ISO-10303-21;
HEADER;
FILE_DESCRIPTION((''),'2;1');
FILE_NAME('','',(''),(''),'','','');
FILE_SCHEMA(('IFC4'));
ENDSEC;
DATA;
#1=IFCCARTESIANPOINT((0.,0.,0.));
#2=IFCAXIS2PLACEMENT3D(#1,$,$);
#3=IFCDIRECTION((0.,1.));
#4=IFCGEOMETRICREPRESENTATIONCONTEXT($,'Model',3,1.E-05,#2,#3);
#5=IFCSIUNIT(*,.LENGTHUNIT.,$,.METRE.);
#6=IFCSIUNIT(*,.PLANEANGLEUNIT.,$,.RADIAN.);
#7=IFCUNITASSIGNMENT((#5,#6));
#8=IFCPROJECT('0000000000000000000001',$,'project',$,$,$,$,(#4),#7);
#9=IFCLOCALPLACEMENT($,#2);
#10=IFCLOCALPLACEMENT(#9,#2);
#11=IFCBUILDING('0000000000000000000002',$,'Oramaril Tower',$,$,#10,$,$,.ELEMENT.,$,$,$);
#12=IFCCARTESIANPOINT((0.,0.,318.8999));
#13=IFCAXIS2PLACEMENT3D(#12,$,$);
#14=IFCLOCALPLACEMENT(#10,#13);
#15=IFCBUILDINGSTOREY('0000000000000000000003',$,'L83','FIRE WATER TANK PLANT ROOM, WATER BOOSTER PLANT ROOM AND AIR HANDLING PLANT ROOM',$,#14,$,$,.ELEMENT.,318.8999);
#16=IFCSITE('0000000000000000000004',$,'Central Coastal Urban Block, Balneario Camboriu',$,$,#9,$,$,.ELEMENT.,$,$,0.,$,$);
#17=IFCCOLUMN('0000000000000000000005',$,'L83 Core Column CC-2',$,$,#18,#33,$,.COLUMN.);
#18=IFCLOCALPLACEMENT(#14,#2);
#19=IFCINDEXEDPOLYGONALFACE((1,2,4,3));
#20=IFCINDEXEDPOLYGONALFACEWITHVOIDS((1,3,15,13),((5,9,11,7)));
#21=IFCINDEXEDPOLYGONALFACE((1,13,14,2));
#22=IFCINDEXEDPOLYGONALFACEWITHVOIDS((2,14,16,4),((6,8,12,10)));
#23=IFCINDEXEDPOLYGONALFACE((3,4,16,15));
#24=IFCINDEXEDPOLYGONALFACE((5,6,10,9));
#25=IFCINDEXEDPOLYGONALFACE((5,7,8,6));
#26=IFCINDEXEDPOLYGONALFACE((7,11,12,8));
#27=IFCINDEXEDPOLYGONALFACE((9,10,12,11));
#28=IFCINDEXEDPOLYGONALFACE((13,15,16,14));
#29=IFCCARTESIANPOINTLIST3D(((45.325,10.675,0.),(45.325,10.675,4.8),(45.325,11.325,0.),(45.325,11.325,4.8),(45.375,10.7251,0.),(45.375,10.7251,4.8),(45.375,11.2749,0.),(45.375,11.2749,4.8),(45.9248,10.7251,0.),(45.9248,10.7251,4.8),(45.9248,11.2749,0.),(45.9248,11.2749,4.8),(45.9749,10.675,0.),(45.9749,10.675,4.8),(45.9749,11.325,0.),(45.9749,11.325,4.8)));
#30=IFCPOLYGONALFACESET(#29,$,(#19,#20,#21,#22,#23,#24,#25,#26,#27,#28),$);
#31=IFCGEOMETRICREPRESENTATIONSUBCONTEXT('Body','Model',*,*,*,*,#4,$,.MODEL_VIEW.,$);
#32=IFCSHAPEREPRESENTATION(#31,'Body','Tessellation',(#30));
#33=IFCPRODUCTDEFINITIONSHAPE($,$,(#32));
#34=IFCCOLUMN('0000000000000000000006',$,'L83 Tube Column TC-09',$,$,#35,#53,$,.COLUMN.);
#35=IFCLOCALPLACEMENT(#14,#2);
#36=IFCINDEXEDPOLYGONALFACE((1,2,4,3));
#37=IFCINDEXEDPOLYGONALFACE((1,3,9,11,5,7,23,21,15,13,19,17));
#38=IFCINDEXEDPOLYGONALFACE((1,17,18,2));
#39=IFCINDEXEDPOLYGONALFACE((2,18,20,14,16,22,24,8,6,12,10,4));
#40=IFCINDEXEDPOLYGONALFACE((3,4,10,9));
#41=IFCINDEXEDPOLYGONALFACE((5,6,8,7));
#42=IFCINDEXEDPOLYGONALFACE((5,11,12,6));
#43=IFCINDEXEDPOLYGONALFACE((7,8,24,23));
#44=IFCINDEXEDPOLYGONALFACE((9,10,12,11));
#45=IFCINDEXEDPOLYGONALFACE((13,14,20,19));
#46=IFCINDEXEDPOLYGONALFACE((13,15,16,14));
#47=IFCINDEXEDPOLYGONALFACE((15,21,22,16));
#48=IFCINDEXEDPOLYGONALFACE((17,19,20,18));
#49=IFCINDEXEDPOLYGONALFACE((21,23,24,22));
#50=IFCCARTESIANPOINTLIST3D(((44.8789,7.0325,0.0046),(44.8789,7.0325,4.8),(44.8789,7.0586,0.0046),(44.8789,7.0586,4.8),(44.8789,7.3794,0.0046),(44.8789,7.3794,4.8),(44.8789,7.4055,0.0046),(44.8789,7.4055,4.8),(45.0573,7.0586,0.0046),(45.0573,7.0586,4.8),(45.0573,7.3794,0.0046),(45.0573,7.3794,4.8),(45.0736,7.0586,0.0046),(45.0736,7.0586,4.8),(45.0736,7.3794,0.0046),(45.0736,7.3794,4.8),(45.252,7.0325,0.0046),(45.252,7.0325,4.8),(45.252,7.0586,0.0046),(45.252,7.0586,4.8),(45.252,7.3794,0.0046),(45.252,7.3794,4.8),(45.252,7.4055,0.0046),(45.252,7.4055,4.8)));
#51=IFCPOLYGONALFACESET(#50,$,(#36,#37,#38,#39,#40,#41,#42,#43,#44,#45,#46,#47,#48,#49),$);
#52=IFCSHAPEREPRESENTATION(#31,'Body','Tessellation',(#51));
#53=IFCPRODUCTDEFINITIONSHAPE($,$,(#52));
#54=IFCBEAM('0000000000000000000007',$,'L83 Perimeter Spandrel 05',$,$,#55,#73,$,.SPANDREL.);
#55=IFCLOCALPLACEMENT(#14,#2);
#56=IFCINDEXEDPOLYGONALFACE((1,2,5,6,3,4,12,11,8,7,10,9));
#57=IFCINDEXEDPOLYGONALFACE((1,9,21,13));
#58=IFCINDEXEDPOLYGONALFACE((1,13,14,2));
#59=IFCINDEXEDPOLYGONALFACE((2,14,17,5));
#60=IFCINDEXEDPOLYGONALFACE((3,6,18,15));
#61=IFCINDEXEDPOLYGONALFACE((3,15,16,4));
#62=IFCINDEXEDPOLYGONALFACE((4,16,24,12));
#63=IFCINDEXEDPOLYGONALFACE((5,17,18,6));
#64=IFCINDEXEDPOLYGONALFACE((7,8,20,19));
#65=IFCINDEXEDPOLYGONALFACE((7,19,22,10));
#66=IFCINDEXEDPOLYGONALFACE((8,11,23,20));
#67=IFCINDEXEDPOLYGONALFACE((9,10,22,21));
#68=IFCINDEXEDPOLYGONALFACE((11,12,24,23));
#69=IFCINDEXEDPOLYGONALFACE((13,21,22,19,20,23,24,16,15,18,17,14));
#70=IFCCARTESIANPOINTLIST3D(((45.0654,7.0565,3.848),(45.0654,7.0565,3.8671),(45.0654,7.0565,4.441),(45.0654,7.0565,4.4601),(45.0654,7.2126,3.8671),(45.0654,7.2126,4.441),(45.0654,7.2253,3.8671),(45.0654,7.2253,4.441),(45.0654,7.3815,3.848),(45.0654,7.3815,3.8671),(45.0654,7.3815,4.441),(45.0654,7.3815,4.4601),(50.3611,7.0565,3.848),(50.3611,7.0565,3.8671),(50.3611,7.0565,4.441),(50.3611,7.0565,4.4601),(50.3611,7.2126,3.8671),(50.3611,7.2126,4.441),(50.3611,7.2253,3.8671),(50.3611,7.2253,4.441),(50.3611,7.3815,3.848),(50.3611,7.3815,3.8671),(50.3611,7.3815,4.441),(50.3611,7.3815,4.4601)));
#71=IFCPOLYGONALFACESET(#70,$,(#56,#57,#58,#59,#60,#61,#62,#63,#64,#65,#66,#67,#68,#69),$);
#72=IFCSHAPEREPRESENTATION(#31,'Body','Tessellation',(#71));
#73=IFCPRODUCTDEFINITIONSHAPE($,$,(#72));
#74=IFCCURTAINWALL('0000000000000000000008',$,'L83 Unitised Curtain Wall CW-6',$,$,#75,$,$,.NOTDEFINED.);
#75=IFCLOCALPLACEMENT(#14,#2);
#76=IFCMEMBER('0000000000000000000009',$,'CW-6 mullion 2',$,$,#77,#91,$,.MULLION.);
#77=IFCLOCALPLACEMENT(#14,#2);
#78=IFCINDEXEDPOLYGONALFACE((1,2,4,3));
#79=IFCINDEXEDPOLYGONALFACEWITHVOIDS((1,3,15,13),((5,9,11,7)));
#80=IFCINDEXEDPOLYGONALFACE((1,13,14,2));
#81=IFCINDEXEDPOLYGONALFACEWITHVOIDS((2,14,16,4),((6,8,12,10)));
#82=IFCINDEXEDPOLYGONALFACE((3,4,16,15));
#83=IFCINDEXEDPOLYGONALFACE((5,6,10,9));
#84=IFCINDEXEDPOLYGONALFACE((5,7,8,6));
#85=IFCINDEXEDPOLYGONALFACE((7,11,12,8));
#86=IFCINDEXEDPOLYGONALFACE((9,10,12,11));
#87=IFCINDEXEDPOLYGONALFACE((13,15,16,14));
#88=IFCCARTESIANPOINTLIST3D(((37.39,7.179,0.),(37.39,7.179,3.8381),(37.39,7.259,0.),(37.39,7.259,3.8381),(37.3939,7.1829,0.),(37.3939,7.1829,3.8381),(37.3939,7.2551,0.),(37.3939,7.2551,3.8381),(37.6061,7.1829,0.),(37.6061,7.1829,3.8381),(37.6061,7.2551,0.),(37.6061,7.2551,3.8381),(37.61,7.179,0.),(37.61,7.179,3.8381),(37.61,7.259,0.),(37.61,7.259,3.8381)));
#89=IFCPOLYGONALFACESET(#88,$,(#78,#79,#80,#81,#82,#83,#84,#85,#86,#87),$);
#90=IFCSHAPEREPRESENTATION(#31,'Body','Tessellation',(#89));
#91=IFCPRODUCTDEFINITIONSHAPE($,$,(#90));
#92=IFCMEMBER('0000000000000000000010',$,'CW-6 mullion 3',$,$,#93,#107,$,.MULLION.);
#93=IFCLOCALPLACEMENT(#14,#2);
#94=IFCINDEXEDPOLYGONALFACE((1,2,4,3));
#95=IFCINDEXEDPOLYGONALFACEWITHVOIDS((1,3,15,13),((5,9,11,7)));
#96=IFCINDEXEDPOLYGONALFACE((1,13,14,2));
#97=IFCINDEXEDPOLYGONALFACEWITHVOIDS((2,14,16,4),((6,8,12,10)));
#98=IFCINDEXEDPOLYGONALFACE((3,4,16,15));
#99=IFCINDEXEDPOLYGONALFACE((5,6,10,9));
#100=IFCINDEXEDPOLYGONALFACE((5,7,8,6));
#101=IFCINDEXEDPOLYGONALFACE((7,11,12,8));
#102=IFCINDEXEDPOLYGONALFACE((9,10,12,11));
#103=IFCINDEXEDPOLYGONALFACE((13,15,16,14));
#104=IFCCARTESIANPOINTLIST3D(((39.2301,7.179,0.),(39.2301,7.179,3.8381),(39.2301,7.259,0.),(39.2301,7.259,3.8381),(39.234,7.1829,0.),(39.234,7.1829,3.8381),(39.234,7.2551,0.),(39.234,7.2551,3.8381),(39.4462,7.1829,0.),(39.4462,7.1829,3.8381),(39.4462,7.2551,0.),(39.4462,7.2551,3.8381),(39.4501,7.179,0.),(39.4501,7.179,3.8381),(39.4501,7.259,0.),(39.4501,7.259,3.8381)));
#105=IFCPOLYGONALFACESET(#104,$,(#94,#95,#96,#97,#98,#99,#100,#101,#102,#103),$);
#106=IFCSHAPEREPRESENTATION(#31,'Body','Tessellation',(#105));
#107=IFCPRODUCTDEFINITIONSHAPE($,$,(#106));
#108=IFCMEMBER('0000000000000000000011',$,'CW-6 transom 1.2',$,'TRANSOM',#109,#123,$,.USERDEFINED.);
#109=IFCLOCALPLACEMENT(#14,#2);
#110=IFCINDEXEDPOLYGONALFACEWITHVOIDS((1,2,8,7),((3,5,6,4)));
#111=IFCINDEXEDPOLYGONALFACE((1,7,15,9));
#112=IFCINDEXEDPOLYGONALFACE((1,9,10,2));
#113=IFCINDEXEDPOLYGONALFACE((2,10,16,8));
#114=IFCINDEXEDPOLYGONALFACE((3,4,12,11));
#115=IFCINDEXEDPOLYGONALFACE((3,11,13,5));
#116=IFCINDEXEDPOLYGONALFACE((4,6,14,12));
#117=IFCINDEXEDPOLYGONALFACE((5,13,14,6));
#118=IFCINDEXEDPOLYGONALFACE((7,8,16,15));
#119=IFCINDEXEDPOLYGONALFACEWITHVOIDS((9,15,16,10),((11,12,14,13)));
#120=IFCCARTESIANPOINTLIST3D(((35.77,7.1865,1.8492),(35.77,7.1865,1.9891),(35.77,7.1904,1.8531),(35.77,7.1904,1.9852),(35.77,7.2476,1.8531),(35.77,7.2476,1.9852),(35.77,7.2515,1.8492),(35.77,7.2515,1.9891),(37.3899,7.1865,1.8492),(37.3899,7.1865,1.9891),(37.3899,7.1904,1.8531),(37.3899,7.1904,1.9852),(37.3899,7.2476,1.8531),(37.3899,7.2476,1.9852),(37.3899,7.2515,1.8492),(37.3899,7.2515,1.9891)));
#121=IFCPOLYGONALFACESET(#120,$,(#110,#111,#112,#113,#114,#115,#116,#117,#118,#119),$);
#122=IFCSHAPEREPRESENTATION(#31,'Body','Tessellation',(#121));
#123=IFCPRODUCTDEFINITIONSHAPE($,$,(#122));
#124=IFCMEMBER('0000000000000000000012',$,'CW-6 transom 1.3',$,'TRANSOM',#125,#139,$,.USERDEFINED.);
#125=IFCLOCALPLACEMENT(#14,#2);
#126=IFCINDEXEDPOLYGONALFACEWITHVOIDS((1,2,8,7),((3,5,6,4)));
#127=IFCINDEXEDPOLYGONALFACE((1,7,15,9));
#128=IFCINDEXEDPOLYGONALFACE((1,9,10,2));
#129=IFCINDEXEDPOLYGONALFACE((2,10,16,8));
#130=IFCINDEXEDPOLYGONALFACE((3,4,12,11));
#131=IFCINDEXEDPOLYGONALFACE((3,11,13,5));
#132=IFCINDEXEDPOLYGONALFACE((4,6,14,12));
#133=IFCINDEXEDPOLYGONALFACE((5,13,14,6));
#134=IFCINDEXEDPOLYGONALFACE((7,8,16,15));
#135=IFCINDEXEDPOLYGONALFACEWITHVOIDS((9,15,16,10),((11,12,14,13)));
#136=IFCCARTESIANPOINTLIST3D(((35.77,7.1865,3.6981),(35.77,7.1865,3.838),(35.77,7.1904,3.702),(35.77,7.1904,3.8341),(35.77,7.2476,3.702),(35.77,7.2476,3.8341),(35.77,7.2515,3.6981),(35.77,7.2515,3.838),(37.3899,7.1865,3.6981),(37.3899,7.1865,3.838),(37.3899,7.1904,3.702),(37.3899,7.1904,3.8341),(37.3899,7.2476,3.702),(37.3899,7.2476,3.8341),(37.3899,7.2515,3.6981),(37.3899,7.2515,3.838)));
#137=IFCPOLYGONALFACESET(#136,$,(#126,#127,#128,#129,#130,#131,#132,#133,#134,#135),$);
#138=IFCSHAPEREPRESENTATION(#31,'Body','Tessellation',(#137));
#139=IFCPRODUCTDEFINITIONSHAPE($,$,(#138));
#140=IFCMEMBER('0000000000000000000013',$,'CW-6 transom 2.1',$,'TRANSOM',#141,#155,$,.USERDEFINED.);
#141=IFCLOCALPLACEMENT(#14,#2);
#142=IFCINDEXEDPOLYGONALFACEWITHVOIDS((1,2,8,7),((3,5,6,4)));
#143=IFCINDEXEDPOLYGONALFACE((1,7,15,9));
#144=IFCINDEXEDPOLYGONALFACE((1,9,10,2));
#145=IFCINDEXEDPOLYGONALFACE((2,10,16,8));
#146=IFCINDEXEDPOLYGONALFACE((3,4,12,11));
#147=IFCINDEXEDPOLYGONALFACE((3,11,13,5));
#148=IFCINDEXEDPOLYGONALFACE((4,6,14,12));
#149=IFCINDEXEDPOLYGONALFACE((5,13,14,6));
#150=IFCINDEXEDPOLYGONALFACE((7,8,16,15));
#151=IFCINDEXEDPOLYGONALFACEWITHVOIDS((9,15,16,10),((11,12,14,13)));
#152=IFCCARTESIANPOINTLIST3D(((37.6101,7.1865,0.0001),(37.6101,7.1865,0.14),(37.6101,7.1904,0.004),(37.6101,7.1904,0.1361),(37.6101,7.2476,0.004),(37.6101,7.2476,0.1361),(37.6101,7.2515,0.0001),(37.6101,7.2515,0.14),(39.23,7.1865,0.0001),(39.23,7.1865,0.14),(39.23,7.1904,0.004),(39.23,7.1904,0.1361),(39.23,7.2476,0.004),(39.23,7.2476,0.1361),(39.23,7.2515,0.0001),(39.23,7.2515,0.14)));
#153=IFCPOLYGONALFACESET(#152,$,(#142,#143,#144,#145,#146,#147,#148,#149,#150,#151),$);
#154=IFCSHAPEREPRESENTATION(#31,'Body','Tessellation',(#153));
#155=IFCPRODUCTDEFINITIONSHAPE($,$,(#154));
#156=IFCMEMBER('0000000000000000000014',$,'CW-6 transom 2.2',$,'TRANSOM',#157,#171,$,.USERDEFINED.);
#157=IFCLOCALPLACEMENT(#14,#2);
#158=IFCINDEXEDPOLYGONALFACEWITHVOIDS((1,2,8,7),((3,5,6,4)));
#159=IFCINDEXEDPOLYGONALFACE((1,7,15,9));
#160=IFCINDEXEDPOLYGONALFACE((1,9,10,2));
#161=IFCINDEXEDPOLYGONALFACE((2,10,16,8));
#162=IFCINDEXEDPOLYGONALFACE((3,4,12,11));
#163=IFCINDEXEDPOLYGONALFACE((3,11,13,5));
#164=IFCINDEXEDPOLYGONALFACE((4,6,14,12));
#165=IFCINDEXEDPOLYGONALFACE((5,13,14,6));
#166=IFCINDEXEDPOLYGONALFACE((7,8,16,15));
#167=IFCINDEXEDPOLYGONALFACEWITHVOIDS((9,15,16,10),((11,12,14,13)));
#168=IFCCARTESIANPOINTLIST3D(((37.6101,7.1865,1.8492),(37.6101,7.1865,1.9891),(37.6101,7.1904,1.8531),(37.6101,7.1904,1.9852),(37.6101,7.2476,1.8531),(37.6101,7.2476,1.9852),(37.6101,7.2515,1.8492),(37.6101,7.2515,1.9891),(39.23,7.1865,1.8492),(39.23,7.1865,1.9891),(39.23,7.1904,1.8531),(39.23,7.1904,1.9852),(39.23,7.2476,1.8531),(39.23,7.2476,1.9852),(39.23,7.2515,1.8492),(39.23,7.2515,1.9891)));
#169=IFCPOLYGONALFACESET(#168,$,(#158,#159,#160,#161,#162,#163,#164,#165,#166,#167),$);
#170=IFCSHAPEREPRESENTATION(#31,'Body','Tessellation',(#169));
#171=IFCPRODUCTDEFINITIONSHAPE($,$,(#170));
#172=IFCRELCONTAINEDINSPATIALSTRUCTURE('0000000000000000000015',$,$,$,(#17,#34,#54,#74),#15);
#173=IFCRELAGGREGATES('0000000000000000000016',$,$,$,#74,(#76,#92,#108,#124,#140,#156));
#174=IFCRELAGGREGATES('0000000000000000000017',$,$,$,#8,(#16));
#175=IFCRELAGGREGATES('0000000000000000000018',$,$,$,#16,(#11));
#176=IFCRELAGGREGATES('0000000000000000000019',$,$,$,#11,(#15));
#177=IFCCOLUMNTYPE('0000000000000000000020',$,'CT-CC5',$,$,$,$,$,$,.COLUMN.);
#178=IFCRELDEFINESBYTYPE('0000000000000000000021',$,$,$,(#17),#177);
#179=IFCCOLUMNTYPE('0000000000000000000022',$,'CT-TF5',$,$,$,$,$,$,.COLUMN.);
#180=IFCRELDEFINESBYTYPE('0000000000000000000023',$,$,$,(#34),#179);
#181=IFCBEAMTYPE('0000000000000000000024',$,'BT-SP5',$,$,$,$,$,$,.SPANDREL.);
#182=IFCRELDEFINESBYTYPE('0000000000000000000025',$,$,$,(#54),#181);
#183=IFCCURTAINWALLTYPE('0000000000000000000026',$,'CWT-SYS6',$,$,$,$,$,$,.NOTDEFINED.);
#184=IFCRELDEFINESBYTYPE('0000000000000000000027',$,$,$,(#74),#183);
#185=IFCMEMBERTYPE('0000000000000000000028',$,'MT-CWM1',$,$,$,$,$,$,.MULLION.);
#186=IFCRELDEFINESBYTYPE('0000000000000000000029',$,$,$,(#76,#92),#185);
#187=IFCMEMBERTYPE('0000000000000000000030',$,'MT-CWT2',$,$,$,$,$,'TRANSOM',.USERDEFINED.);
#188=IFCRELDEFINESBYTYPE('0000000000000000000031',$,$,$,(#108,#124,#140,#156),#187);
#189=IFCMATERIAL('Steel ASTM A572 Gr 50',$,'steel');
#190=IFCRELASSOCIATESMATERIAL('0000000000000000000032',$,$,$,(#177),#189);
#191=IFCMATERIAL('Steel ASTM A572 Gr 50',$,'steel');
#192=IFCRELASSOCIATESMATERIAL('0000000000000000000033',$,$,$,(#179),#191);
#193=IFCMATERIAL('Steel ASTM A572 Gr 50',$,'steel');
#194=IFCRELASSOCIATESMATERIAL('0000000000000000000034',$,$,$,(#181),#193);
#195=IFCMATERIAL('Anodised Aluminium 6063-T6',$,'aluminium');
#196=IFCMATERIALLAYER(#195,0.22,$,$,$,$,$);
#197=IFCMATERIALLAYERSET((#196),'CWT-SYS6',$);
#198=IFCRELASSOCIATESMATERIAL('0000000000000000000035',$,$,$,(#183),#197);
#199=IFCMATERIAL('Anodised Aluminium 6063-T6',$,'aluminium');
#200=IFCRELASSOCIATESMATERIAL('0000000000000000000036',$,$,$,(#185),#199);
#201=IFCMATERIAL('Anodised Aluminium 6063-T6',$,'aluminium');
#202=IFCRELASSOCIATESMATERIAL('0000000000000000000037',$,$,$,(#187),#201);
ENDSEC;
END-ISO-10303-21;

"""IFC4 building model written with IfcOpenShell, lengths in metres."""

from ifc_helpers import new_model, si_unit, direction, frame, origin, origin_2d, place, context, subcontext, project, spatial, hollow_rectangle, i_section, extrude, material, layer, layer_set, material_profile, profile_set, type_object, element, aggregate, save


model = new_model("IFC4")

# Units and contexts
model_context = context("Model", 3, precision=1e-05, world=origin(), true_north=direction((0.0, 1.0)))
body_context = subcontext(model_context, "Body", "Model", "MODEL_VIEW")
ifc_project = project(units=[si_unit("LENGTHUNIT", "METRE"), si_unit("PLANEANGLEUNIT", "RADIAN")], contexts=[model_context])

# Site, building, storey
site_placement = place(None, origin())
site = spatial("IfcSite", under=ifc_project, at=site_placement, Name="Central Coastal Urban Block, Balneario Camboriu", CompositionType="ELEMENT", RefElevation=0.0)
building_placement = place(site_placement, origin())
building = spatial("IfcBuilding", under=site, at=building_placement, Name="Oramaril Tower", CompositionType="ELEMENT")
storey_placement = place(building_placement, frame((0.0, 0.0, 318.8999)))
storey = spatial("IfcBuildingStorey", under=building, at=storey_placement, Name="L83", Description="FIRE WATER TANK PLANT ROOM, WATER BOOSTER PLANT ROOM AND AIR HANDLING PLANT ROOM", CompositionType="ELEMENT", Elevation=318.8999)

# Columns
ifc_material_1 = material(Name="Steel ASTM A572 Gr 50", Category="steel")
ifc_material_profile_1 = material_profile(ifc_material_1, hollow_rectangle(XDim=0.6499, YDim=0.6499, WallThickness=0.05, at=origin_2d()), Name="BOX650X650X50")
ifc_profile_set_1 = profile_set([ifc_material_profile_1], Name="Steel ASTM A572 Gr 50")
column_type_1 = type_object("IfcColumnType", Name="CT-CC5", PredefinedType="COLUMN", material=ifc_profile_set_1)
column_1_placement = place(storey_placement, frame((45.6499, 11.0, 0.0), z_axis=(0.0, 0.0, 1.0), x_axis=(1.0, 0.0, 0.0)))
element("IfcColumn", 1, at=column_1_placement, inside=storey, type_object=column_type_1, Name="L83 Core Column CC-2", PredefinedType="COLUMN", context=body_context, shape_type="SweptSolid", body=[
    extrude(hollow_rectangle(XDim=0.6499, YDim=0.6499, WallThickness=0.05, at=origin_2d()), origin(), (0.0, 0.0, 1.0), 4.8),
])
ifc_material_2 = material(Name="Steel ASTM A572 Gr 50", Category="steel")
ifc_material_profile_2 = material_profile(ifc_material_2, i_section(OverallWidth=0.373, OverallDepth=0.373, WebThickness=0.0164, FlangeThickness=0.0261, at=origin_2d()), Name="W14X132")
ifc_profile_set_2 = profile_set([ifc_material_profile_2], Name="Steel ASTM A572 Gr 50")
column_type_2 = type_object("IfcColumnType", Name="CT-TF5", PredefinedType="COLUMN", material=ifc_profile_set_2)
column_2_placement = place(storey_placement, frame((45.0654, 7.219, 0.0046), z_axis=(0.0, 0.0, 1.0), x_axis=(1.0, 0.0, 0.0)))
element("IfcColumn", 2, at=column_2_placement, inside=storey, type_object=column_type_2, Name="L83 Tube Column TC-09", PredefinedType="COLUMN", context=body_context, shape_type="SweptSolid", body=[
    extrude(i_section(OverallWidth=0.373, OverallDepth=0.373, WebThickness=0.0164, FlangeThickness=0.0261, at=origin_2d()), origin(), (0.0, 0.0, 1.0), 4.7954),
])

# Beam
ifc_material_3 = material(Name="Steel ASTM A572 Gr 50", Category="steel")
ifc_material_profile_3 = material_profile(ifc_material_3, i_section(OverallWidth=0.325, OverallDepth=0.6121, WebThickness=0.0127, FlangeThickness=0.019, at=origin_2d()), Name="W24X104")
ifc_profile_set_3 = profile_set([ifc_material_profile_3], Name="Steel ASTM A572 Gr 50")
beam_type = type_object("IfcBeamType", Name="BT-SP5", PredefinedType="SPANDREL", material=ifc_profile_set_3)
beam_placement = place(storey_placement, frame((45.0654, 7.219, 4.1541), z_axis=(1.0, 0.0, 0.0), x_axis=(0.0, 1.0, 0.0)))
element("IfcBeam", 3, at=beam_placement, inside=storey, type_object=beam_type, Name="L83 Perimeter Spandrel 05", PredefinedType="SPANDREL", context=body_context, shape_type="SweptSolid", body=[
    extrude(i_section(OverallWidth=0.325, OverallDepth=0.6121, WebThickness=0.0127, FlangeThickness=0.019, at=origin_2d()), origin(), (0.0, 0.0, 1.0), 5.2957),
])

# Curtain wall, members
ifc_material_4 = material(Name="Anodised Aluminium 6063-T6", Category="aluminium")
ifc_layer_1 = layer(ifc_material_4, 0.22)
ifc_layer_set_1 = layer_set([ifc_layer_1], Name="CWT-SYS6")
curtain_wall_type = type_object("IfcCurtainWallType", Name="CWT-SYS6", PredefinedType="NOTDEFINED", material=ifc_layer_set_1)
curtain_wall_placement = place(storey_placement, origin())
curtain_wall = element("IfcCurtainWall", 4, at=curtain_wall_placement, inside=storey, type_object=curtain_wall_type, Name="L83 Unitised Curtain Wall CW-6", PredefinedType="NOTDEFINED")
ifc_material_5 = material(Name="Anodised Aluminium 6063-T6", Category="aluminium")
ifc_material_profile_4 = material_profile(ifc_material_5, hollow_rectangle(XDim=0.0801, YDim=0.22, WallThickness=0.0039, at=origin_2d()), Name="CWM220X80")
ifc_profile_set_4 = profile_set([ifc_material_profile_4], Name="Anodised Aluminium 6063-T6")
member_type_1 = type_object("IfcMemberType", Name="MT-CWM1", PredefinedType="MULLION", material=ifc_profile_set_4)
member_1_placement = place(storey_placement, frame((37.5, 7.219, 0.0), z_axis=(0.0, 0.0, 1.0), x_axis=(0.0, 1.0, 0.0)))
member_1 = element("IfcMember", 5, at=member_1_placement, type_object=member_type_1, Name="CW-6 mullion 2", PredefinedType="MULLION", context=body_context, shape_type="SweptSolid", body=[
    extrude(hollow_rectangle(XDim=0.0801, YDim=0.22, WallThickness=0.0039, at=origin_2d()), origin(), (0.0, 0.0, 1.0), 3.8381),
])
member_2_placement = place(storey_placement, frame((39.3401, 7.219, 0.0), z_axis=(0.0, 0.0, 1.0), x_axis=(0.0, 1.0, 0.0)))
member_2 = element("IfcMember", 6, at=member_2_placement, type_object=member_type_1, Name="CW-6 mullion 3", PredefinedType="MULLION", context=body_context, shape_type="SweptSolid", body=[
    extrude(hollow_rectangle(XDim=0.0801, YDim=0.22, WallThickness=0.0039, at=origin_2d()), origin(), (0.0, 0.0, 1.0), 3.8381),
])
ifc_material_6 = material(Name="Anodised Aluminium 6063-T6", Category="aluminium")
ifc_material_profile_5 = material_profile(ifc_material_6, hollow_rectangle(XDim=0.0649, YDim=0.1399, WallThickness=0.0039, at=origin_2d()), Name="CWT140X65")
ifc_profile_set_5 = profile_set([ifc_material_profile_5], Name="Anodised Aluminium 6063-T6")
member_type_2 = type_object("IfcMemberType", Name="MT-CWT2", ElementType="TRANSOM", PredefinedType="USERDEFINED", material=ifc_profile_set_5)
member_3_placement = place(storey_placement, frame((35.77, 7.219, 1.9192), z_axis=(1.0, 0.0, 0.0), x_axis=(0.0, 1.0, 0.0)))
member_3 = element("IfcMember", 7, at=member_3_placement, type_object=member_type_2, Name="CW-6 transom 1.2", ObjectType="TRANSOM", PredefinedType="USERDEFINED", context=body_context, shape_type="SweptSolid", body=[
    extrude(hollow_rectangle(XDim=0.0649, YDim=0.1399, WallThickness=0.0039, at=origin_2d()), origin(), (0.0, 0.0, 1.0), 1.6199),
])
member_4_placement = place(storey_placement, frame((35.77, 7.219, 3.7681), z_axis=(1.0, 0.0, 0.0), x_axis=(0.0, 1.0, 0.0)))
member_4 = element("IfcMember", 8, at=member_4_placement, type_object=member_type_2, Name="CW-6 transom 1.3", ObjectType="TRANSOM", PredefinedType="USERDEFINED", context=body_context, shape_type="SweptSolid", body=[
    extrude(hollow_rectangle(XDim=0.0649, YDim=0.1399, WallThickness=0.0039, at=origin_2d()), origin(), (0.0, 0.0, 1.0), 1.6199),
])
member_5_placement = place(storey_placement, frame((37.6101, 7.219, 0.0701), z_axis=(1.0, 0.0, 0.0), x_axis=(0.0, 1.0, 0.0)))
member_5 = element("IfcMember", 9, at=member_5_placement, type_object=member_type_2, Name="CW-6 transom 2.1", ObjectType="TRANSOM", PredefinedType="USERDEFINED", context=body_context, shape_type="SweptSolid", body=[
    extrude(hollow_rectangle(XDim=0.0649, YDim=0.1399, WallThickness=0.0039, at=origin_2d()), origin(), (0.0, 0.0, 1.0), 1.6199),
])
member_6_placement = place(storey_placement, frame((37.6101, 7.219, 1.9192), z_axis=(1.0, 0.0, 0.0), x_axis=(0.0, 1.0, 0.0)))
member_6 = element("IfcMember", 10, at=member_6_placement, type_object=member_type_2, Name="CW-6 transom 2.2", ObjectType="TRANSOM", PredefinedType="USERDEFINED", context=body_context, shape_type="SweptSolid", body=[
    extrude(hollow_rectangle(XDim=0.0649, YDim=0.1399, WallThickness=0.0039, at=origin_2d()), origin(), (0.0, 0.0, 1.0), 1.6199),
])

aggregate(curtain_wall, [member_1, member_2, member_3, member_4, member_5, member_6])

save(model, "model.ifc")
